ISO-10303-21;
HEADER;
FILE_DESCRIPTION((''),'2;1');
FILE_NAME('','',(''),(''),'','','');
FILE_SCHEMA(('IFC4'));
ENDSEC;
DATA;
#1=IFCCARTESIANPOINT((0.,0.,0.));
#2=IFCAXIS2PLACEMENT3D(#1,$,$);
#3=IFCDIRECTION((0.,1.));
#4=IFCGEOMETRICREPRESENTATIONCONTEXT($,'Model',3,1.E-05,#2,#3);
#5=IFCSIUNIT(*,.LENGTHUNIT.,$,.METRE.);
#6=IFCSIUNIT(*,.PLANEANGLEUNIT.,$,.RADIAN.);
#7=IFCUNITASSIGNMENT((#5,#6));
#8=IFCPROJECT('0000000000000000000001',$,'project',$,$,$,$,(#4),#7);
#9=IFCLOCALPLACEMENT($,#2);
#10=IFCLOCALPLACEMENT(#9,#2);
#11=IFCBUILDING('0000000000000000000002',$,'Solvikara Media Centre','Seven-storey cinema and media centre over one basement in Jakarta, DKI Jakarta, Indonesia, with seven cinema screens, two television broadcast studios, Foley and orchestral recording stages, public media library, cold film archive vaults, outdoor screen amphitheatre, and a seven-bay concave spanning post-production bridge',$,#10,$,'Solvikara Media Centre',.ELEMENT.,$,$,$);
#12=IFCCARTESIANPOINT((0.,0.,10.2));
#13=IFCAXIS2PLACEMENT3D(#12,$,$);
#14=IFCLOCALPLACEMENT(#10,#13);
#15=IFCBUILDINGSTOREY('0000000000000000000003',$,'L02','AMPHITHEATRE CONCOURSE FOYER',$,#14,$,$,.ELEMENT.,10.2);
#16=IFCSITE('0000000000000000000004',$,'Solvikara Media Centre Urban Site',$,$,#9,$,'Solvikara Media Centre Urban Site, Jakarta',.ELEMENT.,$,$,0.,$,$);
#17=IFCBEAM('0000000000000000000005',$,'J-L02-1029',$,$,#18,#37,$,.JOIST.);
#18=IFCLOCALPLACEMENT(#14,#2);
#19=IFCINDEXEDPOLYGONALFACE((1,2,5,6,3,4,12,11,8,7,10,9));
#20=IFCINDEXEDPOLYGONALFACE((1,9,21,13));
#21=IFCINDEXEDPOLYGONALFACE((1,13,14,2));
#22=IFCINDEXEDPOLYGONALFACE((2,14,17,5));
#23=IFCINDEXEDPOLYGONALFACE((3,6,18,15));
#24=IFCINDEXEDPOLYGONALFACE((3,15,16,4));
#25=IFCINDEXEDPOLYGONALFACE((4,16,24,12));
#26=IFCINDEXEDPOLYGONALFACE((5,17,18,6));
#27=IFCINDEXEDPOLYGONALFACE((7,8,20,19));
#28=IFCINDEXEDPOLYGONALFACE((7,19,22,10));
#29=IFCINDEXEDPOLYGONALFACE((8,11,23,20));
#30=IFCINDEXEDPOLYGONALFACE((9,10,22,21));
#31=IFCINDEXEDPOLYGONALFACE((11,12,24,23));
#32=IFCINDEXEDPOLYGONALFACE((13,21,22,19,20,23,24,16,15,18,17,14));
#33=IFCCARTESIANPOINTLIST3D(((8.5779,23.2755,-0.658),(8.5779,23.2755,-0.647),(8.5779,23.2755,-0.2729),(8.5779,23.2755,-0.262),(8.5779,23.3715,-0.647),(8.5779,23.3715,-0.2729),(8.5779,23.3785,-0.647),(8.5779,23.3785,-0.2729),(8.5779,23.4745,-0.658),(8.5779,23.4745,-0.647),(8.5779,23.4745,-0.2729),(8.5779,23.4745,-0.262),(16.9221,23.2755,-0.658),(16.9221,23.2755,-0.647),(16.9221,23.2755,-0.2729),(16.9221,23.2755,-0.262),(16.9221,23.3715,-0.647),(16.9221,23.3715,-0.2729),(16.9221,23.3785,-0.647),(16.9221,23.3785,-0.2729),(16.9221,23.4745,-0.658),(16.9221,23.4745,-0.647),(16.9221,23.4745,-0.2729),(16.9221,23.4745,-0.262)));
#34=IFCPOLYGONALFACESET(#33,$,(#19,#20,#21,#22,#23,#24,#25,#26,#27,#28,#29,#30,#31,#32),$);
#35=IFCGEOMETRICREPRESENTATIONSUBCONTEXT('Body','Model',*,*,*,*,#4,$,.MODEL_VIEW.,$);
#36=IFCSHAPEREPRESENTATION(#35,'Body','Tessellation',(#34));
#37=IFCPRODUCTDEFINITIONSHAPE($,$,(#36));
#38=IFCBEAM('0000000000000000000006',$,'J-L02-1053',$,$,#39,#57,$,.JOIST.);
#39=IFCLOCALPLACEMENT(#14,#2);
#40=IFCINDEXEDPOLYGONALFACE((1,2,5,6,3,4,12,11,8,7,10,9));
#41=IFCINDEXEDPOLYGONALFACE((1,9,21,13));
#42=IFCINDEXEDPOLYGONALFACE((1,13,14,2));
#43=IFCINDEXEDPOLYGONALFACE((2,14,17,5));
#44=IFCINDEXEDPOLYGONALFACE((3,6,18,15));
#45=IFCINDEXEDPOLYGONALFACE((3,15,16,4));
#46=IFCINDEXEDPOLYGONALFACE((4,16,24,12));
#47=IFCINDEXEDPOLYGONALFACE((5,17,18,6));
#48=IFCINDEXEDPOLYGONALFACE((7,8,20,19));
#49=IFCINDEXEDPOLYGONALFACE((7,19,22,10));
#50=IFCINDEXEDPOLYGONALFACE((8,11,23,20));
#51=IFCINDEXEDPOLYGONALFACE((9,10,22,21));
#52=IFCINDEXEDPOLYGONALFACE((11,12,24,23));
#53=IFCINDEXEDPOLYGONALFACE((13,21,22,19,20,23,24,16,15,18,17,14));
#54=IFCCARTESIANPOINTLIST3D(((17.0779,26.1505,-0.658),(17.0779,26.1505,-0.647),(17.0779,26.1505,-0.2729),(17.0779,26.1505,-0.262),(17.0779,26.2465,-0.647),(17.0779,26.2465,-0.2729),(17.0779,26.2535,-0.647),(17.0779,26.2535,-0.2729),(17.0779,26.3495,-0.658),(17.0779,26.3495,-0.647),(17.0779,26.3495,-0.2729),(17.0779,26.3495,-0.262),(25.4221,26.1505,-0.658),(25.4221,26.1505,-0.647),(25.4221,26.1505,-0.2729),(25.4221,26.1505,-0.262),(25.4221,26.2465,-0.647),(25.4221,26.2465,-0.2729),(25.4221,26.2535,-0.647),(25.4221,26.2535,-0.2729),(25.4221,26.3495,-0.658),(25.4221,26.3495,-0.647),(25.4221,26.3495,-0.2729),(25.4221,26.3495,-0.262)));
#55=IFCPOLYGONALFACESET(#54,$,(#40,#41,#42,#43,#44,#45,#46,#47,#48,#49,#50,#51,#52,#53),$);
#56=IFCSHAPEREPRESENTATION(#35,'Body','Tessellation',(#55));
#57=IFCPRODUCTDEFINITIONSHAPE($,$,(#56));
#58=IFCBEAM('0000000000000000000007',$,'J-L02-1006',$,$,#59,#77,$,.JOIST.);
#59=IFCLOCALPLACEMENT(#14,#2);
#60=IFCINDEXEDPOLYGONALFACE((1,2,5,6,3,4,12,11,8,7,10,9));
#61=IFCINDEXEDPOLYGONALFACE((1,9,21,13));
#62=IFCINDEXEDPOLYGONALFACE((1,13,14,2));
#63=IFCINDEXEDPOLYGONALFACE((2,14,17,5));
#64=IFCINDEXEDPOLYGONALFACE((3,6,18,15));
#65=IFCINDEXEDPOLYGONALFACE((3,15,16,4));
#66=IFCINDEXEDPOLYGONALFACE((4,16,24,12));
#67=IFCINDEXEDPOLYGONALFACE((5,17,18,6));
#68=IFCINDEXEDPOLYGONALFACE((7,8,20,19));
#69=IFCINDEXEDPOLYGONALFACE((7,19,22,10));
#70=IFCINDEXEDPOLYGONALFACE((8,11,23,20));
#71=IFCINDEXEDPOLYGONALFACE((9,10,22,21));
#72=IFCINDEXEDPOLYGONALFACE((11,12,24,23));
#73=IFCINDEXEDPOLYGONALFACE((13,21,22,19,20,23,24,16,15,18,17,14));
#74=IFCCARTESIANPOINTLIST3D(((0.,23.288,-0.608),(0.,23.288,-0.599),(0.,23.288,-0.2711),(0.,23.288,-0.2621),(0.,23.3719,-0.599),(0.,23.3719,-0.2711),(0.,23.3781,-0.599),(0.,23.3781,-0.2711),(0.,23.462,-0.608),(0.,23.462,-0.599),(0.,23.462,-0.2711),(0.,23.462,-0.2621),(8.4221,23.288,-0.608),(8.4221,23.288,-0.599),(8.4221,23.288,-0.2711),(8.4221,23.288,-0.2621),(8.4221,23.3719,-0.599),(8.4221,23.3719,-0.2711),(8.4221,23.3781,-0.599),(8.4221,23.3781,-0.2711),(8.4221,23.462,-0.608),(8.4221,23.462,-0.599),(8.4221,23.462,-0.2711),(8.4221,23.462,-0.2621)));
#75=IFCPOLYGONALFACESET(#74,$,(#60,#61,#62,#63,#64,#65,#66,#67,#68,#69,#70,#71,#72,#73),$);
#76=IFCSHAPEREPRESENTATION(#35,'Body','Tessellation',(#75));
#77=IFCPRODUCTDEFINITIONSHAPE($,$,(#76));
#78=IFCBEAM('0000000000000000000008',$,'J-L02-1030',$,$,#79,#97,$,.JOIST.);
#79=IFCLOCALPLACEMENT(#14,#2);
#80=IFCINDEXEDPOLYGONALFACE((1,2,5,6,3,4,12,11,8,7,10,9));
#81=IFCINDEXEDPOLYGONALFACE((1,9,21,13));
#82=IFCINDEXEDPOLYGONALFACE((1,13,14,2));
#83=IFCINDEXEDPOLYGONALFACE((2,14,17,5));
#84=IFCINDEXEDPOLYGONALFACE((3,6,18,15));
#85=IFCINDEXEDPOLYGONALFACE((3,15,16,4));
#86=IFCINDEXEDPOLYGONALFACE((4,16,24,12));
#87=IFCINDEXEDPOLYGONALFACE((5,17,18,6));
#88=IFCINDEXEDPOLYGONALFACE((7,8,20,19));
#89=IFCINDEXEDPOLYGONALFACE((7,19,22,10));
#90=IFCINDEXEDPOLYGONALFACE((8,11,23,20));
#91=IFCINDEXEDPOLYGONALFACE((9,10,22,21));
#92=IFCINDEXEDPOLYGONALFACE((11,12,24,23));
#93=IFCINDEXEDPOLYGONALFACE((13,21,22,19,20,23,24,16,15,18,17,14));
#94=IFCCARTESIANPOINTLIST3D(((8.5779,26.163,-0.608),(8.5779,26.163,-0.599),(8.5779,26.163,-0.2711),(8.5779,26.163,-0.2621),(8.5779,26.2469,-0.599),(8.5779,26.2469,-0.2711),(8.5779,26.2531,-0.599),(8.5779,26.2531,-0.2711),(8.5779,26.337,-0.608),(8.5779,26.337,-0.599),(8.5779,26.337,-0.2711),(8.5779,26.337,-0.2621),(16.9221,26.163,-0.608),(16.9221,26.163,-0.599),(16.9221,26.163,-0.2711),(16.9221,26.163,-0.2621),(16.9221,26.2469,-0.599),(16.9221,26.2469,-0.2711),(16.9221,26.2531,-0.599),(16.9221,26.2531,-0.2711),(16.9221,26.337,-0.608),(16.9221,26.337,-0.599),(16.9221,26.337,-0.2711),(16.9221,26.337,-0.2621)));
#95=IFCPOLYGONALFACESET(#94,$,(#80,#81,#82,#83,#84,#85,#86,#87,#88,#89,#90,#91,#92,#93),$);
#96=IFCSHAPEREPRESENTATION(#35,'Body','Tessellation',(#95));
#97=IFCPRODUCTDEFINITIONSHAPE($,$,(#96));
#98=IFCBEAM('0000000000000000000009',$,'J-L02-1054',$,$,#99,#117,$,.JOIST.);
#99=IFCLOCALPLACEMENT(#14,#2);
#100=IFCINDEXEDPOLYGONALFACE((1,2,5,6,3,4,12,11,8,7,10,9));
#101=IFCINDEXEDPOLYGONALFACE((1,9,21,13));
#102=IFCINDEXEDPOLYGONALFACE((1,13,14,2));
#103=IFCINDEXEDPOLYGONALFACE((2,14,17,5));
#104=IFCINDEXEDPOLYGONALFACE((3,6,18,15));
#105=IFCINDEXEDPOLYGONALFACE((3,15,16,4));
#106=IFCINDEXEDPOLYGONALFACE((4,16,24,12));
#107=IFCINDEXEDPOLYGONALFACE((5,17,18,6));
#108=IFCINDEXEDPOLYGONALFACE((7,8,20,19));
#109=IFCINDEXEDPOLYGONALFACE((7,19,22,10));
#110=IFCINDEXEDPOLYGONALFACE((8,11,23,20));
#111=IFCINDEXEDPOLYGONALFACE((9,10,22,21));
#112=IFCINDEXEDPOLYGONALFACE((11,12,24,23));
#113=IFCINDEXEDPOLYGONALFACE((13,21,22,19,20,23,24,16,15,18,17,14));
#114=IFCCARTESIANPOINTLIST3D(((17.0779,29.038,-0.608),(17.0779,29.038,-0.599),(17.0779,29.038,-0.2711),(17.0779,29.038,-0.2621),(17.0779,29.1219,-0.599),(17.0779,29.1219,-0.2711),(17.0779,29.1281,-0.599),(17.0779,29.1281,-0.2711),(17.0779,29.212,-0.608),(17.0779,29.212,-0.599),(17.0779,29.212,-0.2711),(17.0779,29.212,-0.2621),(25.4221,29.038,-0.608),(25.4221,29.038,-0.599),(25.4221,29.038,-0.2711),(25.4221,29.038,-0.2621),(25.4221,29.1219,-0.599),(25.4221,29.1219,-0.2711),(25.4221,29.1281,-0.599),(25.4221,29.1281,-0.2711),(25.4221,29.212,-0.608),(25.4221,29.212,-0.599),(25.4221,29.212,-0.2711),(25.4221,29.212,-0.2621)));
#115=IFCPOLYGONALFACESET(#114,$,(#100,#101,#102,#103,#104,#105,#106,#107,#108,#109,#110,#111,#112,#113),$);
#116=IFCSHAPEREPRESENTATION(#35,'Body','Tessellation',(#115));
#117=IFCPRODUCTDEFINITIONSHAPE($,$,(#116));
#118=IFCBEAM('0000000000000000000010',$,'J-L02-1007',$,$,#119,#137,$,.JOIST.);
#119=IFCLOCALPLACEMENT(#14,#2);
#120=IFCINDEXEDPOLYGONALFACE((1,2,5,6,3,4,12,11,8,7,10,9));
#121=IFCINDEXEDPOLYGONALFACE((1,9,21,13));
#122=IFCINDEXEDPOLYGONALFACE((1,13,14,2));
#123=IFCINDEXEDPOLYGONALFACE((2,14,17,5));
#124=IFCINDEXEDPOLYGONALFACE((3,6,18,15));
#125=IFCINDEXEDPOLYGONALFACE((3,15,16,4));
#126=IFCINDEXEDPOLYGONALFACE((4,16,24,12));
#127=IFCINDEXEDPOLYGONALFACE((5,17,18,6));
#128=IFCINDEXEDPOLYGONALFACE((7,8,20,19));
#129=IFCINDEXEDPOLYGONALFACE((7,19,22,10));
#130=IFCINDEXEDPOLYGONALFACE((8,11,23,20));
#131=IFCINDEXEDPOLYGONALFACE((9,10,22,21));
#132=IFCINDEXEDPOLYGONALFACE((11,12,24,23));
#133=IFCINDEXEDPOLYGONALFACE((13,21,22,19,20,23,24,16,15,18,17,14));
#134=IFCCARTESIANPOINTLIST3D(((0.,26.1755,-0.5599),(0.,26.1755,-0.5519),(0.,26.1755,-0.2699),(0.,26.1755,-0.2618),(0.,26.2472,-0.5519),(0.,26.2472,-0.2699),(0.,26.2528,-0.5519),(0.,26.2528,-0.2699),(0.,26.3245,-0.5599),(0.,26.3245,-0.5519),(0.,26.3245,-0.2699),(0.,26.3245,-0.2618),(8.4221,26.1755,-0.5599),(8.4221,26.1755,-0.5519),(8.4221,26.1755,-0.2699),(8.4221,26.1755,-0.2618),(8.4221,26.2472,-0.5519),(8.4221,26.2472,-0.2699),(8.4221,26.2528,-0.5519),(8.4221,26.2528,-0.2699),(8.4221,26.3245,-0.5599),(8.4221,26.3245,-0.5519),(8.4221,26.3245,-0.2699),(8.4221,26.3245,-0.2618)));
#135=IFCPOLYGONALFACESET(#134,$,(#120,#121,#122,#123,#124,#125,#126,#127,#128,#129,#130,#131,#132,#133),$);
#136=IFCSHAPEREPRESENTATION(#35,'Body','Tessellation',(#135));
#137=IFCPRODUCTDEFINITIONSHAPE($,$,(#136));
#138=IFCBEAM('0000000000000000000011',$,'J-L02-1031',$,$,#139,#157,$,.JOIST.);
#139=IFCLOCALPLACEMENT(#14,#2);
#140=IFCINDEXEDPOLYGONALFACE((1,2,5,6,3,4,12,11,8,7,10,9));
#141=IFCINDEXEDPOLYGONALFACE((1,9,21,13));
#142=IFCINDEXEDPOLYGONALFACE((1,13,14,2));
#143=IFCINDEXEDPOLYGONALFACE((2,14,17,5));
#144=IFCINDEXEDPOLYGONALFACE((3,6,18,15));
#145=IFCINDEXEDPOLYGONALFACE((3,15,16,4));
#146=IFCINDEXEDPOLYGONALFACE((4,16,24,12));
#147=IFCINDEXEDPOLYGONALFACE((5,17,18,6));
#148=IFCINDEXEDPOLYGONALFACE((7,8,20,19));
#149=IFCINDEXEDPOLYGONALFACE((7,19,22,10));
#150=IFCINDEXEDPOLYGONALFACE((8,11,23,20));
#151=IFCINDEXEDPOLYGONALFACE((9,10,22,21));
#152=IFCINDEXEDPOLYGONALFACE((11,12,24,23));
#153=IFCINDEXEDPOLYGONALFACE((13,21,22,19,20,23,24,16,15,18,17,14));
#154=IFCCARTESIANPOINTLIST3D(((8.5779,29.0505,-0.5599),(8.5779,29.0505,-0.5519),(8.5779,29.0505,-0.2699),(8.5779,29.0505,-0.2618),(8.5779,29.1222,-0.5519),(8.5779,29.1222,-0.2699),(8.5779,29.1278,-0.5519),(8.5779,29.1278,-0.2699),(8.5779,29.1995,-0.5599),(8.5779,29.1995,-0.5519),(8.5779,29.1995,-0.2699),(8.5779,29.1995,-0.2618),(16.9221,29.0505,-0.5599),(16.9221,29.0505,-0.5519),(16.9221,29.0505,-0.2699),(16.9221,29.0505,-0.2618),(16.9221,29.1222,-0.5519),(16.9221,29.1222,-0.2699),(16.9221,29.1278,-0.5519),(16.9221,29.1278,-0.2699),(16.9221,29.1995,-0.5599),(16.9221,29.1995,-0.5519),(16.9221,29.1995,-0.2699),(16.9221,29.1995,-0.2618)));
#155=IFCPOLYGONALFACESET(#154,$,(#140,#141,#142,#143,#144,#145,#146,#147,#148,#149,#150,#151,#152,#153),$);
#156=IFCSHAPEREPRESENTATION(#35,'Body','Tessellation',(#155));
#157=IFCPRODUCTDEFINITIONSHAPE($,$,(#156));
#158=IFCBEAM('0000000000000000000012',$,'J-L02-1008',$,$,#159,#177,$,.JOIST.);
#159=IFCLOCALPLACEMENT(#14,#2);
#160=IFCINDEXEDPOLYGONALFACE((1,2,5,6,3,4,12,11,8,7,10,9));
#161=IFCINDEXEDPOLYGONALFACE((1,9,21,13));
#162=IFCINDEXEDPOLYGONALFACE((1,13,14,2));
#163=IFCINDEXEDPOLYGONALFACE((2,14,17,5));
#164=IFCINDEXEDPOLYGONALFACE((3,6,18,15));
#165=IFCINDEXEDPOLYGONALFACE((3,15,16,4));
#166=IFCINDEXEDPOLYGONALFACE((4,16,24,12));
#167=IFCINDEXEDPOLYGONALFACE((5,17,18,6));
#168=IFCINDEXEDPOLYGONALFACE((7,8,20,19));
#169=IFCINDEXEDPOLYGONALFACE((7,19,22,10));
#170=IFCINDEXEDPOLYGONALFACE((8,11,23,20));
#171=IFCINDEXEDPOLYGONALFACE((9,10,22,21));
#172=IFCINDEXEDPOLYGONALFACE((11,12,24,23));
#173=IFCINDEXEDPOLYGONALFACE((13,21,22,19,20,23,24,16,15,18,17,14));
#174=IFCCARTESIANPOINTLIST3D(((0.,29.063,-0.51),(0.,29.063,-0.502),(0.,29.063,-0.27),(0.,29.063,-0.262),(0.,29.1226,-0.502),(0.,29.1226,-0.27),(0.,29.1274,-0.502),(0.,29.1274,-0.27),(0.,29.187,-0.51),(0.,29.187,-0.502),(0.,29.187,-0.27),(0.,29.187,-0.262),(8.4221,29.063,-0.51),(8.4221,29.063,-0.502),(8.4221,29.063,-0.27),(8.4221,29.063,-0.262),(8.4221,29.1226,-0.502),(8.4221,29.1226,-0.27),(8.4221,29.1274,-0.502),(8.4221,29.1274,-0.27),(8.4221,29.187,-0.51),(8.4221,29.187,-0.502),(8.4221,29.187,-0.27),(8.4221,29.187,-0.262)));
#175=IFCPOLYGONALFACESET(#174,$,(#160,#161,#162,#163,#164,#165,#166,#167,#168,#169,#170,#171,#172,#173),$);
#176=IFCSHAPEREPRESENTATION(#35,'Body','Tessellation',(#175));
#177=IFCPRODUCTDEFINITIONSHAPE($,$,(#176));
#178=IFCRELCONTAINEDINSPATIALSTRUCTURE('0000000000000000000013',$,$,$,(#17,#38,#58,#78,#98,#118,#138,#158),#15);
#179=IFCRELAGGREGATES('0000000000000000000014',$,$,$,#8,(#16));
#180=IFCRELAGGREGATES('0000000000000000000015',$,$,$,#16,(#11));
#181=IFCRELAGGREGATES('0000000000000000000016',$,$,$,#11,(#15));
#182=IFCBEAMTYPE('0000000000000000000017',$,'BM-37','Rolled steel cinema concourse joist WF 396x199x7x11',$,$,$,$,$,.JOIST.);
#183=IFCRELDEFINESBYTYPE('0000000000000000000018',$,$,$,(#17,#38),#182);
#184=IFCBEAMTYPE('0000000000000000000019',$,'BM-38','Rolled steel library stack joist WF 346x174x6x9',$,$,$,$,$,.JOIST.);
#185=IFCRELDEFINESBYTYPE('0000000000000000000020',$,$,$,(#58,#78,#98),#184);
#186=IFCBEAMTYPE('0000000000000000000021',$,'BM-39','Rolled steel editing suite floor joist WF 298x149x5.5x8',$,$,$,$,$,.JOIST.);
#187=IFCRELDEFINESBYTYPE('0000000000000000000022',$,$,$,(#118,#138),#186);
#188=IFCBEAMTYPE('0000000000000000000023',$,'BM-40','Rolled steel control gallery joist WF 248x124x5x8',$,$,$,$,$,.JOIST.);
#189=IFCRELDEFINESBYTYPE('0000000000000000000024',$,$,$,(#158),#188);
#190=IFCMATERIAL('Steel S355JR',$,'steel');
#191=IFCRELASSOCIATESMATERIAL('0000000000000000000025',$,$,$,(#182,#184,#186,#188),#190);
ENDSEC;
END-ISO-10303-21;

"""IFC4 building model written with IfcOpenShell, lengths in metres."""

from ifc_helpers import new_model, si_unit, direction, frame, origin, origin_2d, place, context, subcontext, project, spatial, i_section, extrude, material, material_profile, profile_set, type_object, element, save


model = new_model("IFC4")

# Units and contexts
model_context = context("Model", 3, precision=1e-05, world=origin(), true_north=direction((0.0, 1.0)))
body_context = subcontext(model_context, "Body", "Model", "MODEL_VIEW")
ifc_project = project(units=[si_unit("LENGTHUNIT", "METRE"), si_unit("PLANEANGLEUNIT", "RADIAN")], contexts=[model_context])

# Site, building, storey
site_placement = place(None, origin())
site = spatial("IfcSite", under=ifc_project, at=site_placement, Name="Solvikara Media Centre Urban Site", LongName="Solvikara Media Centre Urban Site, Jakarta", CompositionType="ELEMENT", RefElevation=0.0)
building_placement = place(site_placement, origin())
building = spatial("IfcBuilding", under=site, at=building_placement, Name="Solvikara Media Centre", Description="Seven-storey cinema and media centre over one basement in Jakarta, DKI Jakarta, Indonesia, with seven cinema screens, two television broadcast studios, Foley and orchestral recording stages, public media library, cold film archive vaults, outdoor screen amphitheatre, and a seven-bay concave spanning post-production bridge", LongName="Solvikara Media Centre", CompositionType="ELEMENT")
storey_placement = place(building_placement, frame((0.0, 0.0, 10.2)))
storey = spatial("IfcBuildingStorey", under=building, at=storey_placement, Name="L02", Description="AMPHITHEATRE CONCOURSE FOYER", CompositionType="ELEMENT", Elevation=10.2)

# Beams
ifc_material_1 = material(Name="Steel S355JR", Category="steel")
ifc_material_profile_1 = material_profile(ifc_material_1, i_section(OverallWidth=0.199, OverallDepth=0.396, WebThickness=0.0071, FlangeThickness=0.011, at=origin_2d()), Name="WF 396x199x7x11")
ifc_profile_set_1 = profile_set([ifc_material_profile_1], Name="Steel S355JR")
beam_type_1 = type_object("IfcBeamType", Name="BM-37", Description="Rolled steel cinema concourse joist WF 396x199x7x11", PredefinedType="JOIST", material=ifc_profile_set_1)
for number, where, z_axis, x_axis, name in (
    (1, (8.5779, 23.375, -0.46), (1.0, 0.0, 0.0), (0.0, 1.0, 0.0), "J-L02-1029"),
    (2, (17.0779, 26.25, -0.46), (1.0, 0.0, 0.0), (0.0, 1.0, 0.0), "J-L02-1053"),
):
    element("IfcBeam", number, at=place(storey_placement, frame(where, z_axis=z_axis, x_axis=x_axis)), inside=storey, type_object=beam_type_1, Name=name, PredefinedType="JOIST", context=body_context, shape_type="SweptSolid", body=[
        extrude(i_section(OverallWidth=0.199, OverallDepth=0.396, WebThickness=0.0071, FlangeThickness=0.011, at=origin_2d()), origin(), (0.0, 0.0, 1.0), 8.3442),
    ])
ifc_material_profile_2 = material_profile(ifc_material_1, i_section(OverallWidth=0.1741, OverallDepth=0.3459, WebThickness=0.0061, FlangeThickness=0.009, at=origin_2d()), Name="WF 346x174x6x9")
ifc_profile_set_2 = profile_set([ifc_material_profile_2], Name="Steel S355JR")
beam_type_2 = type_object("IfcBeamType", Name="BM-38", Description="Rolled steel library stack joist WF 346x174x6x9", PredefinedType="JOIST", material=ifc_profile_set_2)
beam_1_placement = place(storey_placement, frame((0.0, 23.375, -0.4351), z_axis=(1.0, 0.0, 0.0), x_axis=(0.0, 1.0, 0.0)))
element("IfcBeam", 3, at=beam_1_placement, inside=storey, type_object=beam_type_2, Name="J-L02-1006", PredefinedType="JOIST", context=body_context, shape_type="SweptSolid", body=[
    extrude(i_section(OverallWidth=0.1741, OverallDepth=0.3459, WebThickness=0.0061, FlangeThickness=0.009, at=origin_2d()), origin(), (0.0, 0.0, 1.0), 8.4221),
])
for number, where, z_axis, x_axis, name in (
    (4, (8.5779, 26.25, -0.4351), (1.0, 0.0, 0.0), (0.0, 1.0, 0.0), "J-L02-1030"),
    (5, (17.0779, 29.125, -0.4351), (1.0, 0.0, 0.0), (0.0, 1.0, 0.0), "J-L02-1054"),
):
    element("IfcBeam", number, at=place(storey_placement, frame(where, z_axis=z_axis, x_axis=x_axis)), inside=storey, type_object=beam_type_2, Name=name, PredefinedType="JOIST", context=body_context, shape_type="SweptSolid", body=[
        extrude(i_section(OverallWidth=0.1741, OverallDepth=0.3459, WebThickness=0.0061, FlangeThickness=0.009, at=origin_2d()), origin(), (0.0, 0.0, 1.0), 8.3442),
    ])
ifc_material_profile_3 = material_profile(ifc_material_1, i_section(OverallWidth=0.1489, OverallDepth=0.2981, WebThickness=0.0056, FlangeThickness=0.0081, at=origin_2d()), Name="WF 298x149x5.5x8")
ifc_profile_set_3 = profile_set([ifc_material_profile_3], Name="Steel S355JR")
beam_type_3 = type_object("IfcBeamType", Name="BM-39", Description="Rolled steel editing suite floor joist WF 298x149x5.5x8", PredefinedType="JOIST", material=ifc_profile_set_3)
beam_2_placement = place(storey_placement, frame((0.0, 26.25, -0.4109), z_axis=(1.0, 0.0, 0.0), x_axis=(0.0, 1.0, 0.0)))
element("IfcBeam", 6, at=beam_2_placement, inside=storey, type_object=beam_type_3, Name="J-L02-1007", PredefinedType="JOIST", context=body_context, shape_type="SweptSolid", body=[
    extrude(i_section(OverallWidth=0.1489, OverallDepth=0.2981, WebThickness=0.0056, FlangeThickness=0.0081, at=origin_2d()), origin(), (0.0, 0.0, 1.0), 8.4221),
])
beam_3_placement = place(storey_placement, frame((8.5779, 29.125, -0.4109), z_axis=(1.0, 0.0, 0.0), x_axis=(0.0, 1.0, 0.0)))
element("IfcBeam", 7, at=beam_3_placement, inside=storey, type_object=beam_type_3, Name="J-L02-1031", PredefinedType="JOIST", context=body_context, shape_type="SweptSolid", body=[
    extrude(i_section(OverallWidth=0.1489, OverallDepth=0.2981, WebThickness=0.0056, FlangeThickness=0.0081, at=origin_2d()), origin(), (0.0, 0.0, 1.0), 8.3442),
])
ifc_material_profile_4 = material_profile(ifc_material_1, i_section(OverallWidth=0.124, OverallDepth=0.248, WebThickness=0.0049, FlangeThickness=0.0081, at=origin_2d()), Name="WF 248x124x5x8")
ifc_profile_set_4 = profile_set([ifc_material_profile_4], Name="Steel S355JR")
beam_type_4 = type_object("IfcBeamType", Name="BM-40", Description="Rolled steel control gallery joist WF 248x124x5x8", PredefinedType="JOIST", material=ifc_profile_set_4)
beam_4_placement = place(storey_placement, frame((0.0, 29.125, -0.386), z_axis=(1.0, 0.0, 0.0), x_axis=(0.0, 1.0, 0.0)))
element("IfcBeam", 8, at=beam_4_placement, inside=storey, type_object=beam_type_4, Name="J-L02-1008", PredefinedType="JOIST", context=body_context, shape_type="SweptSolid", body=[
    extrude(i_section(OverallWidth=0.124, OverallDepth=0.248, WebThickness=0.0049, FlangeThickness=0.0081, at=origin_2d()), origin(), (0.0, 0.0, 1.0), 8.4221),
])

save(model, "model.ifc")
